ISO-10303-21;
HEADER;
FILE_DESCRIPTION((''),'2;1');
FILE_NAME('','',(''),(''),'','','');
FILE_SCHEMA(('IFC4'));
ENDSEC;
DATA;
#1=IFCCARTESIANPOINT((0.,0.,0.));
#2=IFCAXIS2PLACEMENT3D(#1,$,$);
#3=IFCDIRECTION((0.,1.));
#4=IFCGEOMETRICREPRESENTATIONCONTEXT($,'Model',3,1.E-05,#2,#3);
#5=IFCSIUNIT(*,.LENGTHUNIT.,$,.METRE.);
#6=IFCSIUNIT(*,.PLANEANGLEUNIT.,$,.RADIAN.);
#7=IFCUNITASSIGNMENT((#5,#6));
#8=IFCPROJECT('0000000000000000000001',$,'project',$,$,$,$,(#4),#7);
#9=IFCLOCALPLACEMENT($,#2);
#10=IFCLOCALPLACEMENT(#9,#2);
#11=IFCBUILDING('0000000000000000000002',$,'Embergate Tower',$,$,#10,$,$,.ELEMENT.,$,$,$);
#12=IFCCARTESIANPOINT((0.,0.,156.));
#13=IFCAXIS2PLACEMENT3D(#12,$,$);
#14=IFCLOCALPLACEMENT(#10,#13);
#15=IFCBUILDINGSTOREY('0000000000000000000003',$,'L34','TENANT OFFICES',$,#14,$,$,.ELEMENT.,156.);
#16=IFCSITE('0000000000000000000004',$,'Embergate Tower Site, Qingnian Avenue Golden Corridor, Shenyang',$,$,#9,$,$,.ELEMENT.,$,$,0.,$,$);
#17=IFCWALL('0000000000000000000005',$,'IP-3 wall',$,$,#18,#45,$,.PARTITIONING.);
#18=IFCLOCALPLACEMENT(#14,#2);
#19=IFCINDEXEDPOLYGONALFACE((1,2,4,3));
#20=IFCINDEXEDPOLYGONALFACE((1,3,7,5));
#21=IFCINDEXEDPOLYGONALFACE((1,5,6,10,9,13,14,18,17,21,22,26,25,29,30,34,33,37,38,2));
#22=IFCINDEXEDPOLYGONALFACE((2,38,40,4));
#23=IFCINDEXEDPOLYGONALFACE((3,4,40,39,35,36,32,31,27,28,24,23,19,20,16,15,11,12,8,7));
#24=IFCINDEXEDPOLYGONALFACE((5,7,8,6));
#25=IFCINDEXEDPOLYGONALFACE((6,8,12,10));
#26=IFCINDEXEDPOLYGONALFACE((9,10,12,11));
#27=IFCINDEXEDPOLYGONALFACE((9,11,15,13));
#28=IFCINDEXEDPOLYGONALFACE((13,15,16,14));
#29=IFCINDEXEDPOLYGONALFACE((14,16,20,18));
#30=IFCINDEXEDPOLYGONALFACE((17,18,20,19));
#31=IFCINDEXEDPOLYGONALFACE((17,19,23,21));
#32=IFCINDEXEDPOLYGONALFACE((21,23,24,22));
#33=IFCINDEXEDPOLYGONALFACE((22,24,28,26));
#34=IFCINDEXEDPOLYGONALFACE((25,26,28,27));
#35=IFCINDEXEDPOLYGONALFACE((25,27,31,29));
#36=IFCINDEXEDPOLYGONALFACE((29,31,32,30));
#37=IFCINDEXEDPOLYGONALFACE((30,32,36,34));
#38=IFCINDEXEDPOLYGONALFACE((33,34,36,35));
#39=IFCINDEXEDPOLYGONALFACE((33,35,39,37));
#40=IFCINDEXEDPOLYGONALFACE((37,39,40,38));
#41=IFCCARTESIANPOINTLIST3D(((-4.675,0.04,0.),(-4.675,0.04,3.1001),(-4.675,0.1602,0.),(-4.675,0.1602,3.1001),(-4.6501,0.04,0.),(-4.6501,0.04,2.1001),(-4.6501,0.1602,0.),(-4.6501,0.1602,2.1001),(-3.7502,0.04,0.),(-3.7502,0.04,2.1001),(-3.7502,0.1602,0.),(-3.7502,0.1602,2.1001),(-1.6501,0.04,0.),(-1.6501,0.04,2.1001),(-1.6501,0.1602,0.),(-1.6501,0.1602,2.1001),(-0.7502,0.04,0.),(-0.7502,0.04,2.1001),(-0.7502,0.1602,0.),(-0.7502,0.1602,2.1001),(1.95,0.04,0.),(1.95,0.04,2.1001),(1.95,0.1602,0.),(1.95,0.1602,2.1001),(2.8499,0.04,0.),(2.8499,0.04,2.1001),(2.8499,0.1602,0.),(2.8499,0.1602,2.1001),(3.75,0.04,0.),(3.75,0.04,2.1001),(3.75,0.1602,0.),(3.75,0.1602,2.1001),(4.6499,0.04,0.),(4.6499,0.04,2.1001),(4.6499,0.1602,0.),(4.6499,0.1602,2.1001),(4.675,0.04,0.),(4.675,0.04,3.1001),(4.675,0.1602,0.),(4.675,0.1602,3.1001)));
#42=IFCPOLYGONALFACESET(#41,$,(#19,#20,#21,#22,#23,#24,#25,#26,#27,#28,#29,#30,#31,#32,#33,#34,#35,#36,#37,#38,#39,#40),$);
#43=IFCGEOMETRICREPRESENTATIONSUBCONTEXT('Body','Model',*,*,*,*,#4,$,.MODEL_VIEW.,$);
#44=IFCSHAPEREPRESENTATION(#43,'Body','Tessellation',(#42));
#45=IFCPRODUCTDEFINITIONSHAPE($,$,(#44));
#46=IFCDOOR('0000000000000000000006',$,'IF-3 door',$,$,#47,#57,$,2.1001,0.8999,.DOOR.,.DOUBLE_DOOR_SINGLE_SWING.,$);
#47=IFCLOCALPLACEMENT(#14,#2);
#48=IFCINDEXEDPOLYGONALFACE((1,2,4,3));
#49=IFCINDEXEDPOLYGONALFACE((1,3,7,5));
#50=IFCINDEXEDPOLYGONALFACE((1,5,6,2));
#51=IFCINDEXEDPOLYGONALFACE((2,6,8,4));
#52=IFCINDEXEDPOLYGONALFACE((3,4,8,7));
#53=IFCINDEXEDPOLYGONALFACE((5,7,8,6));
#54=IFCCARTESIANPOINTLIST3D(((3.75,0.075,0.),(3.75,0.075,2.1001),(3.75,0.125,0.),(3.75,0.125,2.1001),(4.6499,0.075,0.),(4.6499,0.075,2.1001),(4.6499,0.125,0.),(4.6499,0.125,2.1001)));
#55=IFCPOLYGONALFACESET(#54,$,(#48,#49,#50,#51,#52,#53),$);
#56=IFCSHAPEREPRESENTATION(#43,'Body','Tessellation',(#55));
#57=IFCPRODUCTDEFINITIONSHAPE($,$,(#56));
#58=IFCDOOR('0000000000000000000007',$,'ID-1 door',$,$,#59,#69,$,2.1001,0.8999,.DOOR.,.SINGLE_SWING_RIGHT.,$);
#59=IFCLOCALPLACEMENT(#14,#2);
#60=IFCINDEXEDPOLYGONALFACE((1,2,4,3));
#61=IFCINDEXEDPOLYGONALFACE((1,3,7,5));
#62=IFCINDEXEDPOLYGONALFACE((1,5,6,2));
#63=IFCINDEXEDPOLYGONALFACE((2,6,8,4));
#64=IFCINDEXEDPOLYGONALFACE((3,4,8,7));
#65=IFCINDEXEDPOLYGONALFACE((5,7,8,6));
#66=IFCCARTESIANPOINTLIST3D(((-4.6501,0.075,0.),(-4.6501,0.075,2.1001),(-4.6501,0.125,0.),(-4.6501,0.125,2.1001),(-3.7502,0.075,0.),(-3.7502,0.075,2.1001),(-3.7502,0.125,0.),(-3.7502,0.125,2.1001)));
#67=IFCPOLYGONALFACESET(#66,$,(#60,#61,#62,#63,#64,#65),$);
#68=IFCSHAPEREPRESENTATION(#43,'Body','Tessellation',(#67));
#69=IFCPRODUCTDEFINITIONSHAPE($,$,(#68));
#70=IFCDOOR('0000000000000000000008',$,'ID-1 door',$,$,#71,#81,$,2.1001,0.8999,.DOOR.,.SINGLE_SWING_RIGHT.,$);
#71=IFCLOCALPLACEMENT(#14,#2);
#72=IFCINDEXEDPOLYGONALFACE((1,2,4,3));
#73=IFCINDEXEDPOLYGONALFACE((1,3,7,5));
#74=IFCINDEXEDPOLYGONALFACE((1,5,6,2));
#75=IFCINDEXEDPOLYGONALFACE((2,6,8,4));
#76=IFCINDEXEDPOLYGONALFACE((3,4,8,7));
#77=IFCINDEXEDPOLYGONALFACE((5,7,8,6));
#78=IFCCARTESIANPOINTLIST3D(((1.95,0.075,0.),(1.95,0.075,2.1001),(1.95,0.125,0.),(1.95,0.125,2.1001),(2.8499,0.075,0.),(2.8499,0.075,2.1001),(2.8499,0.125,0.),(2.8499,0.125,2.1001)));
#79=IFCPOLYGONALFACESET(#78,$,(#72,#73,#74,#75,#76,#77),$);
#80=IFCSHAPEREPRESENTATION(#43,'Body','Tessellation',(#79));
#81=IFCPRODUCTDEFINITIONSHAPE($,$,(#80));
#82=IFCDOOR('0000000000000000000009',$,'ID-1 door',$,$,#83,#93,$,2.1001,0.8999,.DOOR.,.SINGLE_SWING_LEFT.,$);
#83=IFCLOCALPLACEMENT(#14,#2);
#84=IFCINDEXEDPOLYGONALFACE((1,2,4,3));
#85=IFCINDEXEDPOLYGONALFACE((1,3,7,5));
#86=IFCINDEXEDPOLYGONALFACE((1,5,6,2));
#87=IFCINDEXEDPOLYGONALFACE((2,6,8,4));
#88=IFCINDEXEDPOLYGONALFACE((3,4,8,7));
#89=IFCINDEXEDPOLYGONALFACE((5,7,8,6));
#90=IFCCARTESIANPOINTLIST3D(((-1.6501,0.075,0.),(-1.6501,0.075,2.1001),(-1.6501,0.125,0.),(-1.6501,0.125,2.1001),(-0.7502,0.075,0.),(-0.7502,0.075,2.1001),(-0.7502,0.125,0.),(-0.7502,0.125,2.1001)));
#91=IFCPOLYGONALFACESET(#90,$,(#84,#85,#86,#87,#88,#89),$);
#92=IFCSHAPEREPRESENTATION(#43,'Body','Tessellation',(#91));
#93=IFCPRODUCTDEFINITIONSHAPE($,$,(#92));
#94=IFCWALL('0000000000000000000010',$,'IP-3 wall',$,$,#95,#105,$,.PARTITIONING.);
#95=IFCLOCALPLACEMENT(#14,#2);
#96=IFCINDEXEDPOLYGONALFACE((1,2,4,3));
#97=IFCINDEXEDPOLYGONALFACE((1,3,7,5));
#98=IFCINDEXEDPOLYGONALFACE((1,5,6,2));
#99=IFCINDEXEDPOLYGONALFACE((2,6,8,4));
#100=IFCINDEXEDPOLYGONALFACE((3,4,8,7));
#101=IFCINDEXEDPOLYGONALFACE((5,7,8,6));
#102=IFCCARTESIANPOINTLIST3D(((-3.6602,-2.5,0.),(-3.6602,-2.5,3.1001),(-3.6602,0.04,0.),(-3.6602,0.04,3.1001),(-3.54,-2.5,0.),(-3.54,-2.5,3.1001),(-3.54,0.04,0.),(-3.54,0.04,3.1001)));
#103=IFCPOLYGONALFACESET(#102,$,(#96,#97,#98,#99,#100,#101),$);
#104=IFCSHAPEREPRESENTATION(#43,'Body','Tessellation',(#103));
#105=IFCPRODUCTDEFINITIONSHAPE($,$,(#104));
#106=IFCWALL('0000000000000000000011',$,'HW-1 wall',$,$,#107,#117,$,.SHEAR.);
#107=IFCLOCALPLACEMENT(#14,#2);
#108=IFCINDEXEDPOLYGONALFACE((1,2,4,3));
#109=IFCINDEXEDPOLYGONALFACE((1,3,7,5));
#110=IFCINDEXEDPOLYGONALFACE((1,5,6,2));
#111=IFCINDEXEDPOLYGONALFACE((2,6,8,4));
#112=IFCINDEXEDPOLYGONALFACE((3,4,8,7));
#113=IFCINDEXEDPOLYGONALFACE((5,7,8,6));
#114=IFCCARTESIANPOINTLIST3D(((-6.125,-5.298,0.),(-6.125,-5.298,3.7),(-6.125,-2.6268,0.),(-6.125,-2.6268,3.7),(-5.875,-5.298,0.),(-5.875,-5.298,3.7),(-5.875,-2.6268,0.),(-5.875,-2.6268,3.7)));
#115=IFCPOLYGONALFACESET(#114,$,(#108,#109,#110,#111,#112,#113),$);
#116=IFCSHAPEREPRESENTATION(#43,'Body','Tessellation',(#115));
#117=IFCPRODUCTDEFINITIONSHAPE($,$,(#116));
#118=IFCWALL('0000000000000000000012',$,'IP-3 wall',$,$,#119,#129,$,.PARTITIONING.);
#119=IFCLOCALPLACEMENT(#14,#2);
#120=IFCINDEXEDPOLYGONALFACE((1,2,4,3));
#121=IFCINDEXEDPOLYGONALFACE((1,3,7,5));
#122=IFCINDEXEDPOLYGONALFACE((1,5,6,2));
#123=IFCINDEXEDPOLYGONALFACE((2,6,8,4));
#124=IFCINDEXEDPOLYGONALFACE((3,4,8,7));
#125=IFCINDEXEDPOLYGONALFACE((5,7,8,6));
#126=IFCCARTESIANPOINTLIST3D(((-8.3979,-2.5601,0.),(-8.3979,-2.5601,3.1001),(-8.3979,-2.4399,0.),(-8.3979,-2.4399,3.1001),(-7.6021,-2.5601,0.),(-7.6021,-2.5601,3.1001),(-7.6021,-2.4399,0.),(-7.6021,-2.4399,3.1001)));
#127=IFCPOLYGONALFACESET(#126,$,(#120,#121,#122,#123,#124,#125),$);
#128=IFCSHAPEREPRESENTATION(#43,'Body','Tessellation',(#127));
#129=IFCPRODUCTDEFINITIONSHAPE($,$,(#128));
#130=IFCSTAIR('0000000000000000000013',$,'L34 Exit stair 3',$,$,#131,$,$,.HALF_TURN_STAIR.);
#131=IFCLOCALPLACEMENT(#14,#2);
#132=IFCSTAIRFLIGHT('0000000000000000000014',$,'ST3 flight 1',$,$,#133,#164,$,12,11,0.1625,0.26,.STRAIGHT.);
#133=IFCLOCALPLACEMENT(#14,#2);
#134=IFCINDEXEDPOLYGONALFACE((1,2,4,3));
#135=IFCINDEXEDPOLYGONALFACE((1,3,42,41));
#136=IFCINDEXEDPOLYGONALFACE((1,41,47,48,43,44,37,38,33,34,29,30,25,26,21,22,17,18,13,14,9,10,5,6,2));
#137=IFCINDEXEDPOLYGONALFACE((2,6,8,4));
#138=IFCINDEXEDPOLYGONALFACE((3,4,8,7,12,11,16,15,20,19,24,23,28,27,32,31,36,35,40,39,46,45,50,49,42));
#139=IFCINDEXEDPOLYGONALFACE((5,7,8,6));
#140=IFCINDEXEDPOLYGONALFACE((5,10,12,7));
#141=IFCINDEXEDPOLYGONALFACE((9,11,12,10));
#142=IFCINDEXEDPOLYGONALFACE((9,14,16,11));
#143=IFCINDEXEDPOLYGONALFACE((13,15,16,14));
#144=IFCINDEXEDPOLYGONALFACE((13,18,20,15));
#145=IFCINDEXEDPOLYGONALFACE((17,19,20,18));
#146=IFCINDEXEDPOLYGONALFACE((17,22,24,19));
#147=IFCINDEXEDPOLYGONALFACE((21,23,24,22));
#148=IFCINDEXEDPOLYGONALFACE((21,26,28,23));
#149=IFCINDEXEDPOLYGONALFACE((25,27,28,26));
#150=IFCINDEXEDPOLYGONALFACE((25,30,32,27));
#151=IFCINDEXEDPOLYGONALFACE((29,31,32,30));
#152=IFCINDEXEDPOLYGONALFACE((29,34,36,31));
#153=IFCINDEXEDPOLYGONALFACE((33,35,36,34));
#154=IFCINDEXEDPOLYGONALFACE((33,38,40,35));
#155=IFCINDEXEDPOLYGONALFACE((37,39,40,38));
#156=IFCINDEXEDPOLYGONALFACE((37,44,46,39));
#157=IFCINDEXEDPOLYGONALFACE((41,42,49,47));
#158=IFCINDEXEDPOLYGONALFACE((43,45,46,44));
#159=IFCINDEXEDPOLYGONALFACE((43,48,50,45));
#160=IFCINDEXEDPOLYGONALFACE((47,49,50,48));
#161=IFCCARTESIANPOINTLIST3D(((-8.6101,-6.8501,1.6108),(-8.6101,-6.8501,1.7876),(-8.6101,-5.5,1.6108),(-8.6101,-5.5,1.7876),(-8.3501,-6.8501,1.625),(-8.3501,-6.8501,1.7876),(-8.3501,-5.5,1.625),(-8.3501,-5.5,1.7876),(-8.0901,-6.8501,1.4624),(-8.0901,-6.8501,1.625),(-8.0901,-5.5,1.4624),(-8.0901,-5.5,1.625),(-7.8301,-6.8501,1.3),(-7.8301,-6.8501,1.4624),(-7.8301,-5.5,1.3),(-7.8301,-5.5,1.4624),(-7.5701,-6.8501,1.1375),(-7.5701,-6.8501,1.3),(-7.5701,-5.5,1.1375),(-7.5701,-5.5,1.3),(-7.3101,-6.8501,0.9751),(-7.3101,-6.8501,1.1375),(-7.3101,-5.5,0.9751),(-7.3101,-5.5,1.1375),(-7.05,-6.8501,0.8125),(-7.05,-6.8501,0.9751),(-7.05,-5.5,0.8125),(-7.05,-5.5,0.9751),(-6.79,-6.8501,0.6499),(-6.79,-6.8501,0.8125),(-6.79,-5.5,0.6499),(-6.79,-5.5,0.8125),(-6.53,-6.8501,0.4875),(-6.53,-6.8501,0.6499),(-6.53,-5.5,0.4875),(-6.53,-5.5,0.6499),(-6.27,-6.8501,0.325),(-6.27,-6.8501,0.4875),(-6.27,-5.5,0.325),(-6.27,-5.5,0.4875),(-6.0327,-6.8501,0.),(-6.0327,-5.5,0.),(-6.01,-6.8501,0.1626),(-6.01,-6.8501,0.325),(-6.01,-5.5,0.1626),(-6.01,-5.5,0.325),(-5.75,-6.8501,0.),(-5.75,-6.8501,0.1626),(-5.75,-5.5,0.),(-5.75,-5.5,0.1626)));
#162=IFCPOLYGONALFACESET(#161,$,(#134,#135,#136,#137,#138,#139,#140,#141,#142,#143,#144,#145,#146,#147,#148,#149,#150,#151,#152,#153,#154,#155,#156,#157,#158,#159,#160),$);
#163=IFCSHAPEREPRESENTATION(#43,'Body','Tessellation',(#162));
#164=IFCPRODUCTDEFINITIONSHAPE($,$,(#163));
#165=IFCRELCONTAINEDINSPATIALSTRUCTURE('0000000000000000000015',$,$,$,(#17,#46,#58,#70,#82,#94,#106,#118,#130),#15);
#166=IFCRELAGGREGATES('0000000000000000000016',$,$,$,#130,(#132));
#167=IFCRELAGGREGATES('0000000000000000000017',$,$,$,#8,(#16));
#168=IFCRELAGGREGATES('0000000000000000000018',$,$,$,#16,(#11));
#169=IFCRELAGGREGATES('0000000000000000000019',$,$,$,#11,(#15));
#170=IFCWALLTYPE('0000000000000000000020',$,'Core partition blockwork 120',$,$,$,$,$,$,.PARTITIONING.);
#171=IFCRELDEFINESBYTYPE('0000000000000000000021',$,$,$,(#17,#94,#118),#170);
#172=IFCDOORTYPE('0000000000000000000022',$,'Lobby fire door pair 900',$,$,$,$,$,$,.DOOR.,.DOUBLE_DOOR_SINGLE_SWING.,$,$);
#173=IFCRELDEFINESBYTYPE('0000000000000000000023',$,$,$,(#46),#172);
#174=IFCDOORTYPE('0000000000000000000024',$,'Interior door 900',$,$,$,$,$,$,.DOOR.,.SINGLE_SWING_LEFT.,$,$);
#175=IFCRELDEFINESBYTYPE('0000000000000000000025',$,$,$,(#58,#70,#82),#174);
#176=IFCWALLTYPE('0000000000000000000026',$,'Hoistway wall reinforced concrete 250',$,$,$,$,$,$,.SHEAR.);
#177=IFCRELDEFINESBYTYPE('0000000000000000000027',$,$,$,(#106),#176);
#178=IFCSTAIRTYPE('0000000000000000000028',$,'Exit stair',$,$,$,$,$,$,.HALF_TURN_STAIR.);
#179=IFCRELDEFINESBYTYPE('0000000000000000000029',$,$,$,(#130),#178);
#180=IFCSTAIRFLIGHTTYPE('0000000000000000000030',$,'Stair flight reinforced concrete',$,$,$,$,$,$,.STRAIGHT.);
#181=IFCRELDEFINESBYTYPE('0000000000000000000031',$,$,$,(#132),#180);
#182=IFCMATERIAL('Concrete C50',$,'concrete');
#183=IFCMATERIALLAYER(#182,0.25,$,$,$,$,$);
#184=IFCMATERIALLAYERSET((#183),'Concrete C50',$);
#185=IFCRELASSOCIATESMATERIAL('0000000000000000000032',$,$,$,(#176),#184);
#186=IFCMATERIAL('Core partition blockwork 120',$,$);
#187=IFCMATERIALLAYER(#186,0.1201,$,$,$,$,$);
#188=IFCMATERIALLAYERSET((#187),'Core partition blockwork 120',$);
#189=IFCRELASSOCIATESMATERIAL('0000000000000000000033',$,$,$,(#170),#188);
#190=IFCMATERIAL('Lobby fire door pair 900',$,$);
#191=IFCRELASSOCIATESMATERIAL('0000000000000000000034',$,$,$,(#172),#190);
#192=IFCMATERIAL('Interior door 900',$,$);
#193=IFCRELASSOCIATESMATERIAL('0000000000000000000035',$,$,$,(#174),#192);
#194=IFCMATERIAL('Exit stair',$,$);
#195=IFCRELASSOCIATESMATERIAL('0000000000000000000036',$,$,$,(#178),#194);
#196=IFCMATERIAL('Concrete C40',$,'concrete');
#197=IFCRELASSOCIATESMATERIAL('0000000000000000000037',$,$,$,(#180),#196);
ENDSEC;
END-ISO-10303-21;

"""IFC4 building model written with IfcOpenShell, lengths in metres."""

from ifc_helpers import new_model, si_unit, direction, frame, frame_2d, origin, place, context, subcontext, project, spatial, polyline, rectangle, outline, extrude, source, transform, mapped, material, layer, layer_set, type_object, element, fill, aggregate, save


model = new_model("IFC4")

# Units and contexts
model_context = context("Model", 3, precision=1e-05, world=origin(), true_north=direction((0.0, 1.0)))
body_context = subcontext(model_context, "Body", "Model", "MODEL_VIEW")
ifc_project = project(units=[si_unit("LENGTHUNIT", "METRE"), si_unit("PLANEANGLEUNIT", "RADIAN")], contexts=[model_context])

# Site, building, storey
site_placement = place(None, origin())
site = spatial("IfcSite", under=ifc_project, at=site_placement, Name="Embergate Tower Site, Qingnian Avenue Golden Corridor, Shenyang", CompositionType="ELEMENT", RefElevation=0.0)
building_placement = place(site_placement, origin())
building = spatial("IfcBuilding", under=site, at=building_placement, Name="Embergate Tower", CompositionType="ELEMENT")
storey_placement = place(building_placement, frame((0.0, 0.0, 156.0)))
storey = spatial("IfcBuildingStorey", under=building, at=storey_placement, Name="L34", Description="TENANT OFFICES", CompositionType="ELEMENT", Elevation=156.0)

# Shared definitions
ifc_material_1 = material(Name="Concrete C50", Category="concrete")
ifc_layer_1 = layer(ifc_material_1, 0.25)
ifc_layer_set_1 = layer_set([ifc_layer_1], Name="Concrete C50")
wall_type_1 = type_object("IfcWallType", Name="Hoistway wall reinforced concrete 250", PredefinedType="SHEAR", material=ifc_layer_set_1)

# Shared definitions
ifc_material_2 = material(Name="Core partition blockwork 120")
ifc_layer_2 = layer(ifc_material_2, 0.1201)
ifc_layer_set_2 = layer_set([ifc_layer_2], Name="Core partition blockwork 120")
wall_type_2 = type_object("IfcWallType", Name="Core partition blockwork 120", PredefinedType="PARTITIONING", material=ifc_layer_set_2)

# Wall, openings, doors
shared_shape_1 = source(origin(), body_context, "Body", "SweptSolid", [
    extrude(rectangle(XDim=9.3501, YDim=0.1201, at=frame_2d((4.675, 0.0))), origin(), (0.0, 0.0, 1.0), 3.1001),
])
wall_1_placement = place(storey_placement, frame((-4.675, 0.1001, 0.0), z_axis=(0.0, 0.0, 1.0), x_axis=(1.0, 0.0, 0.0)))
wall_1 = element("IfcWall", 1, at=wall_1_placement, inside=storey, type_object=wall_type_2, Name="IP-3 wall", PredefinedType="PARTITIONING", context=body_context, shape_type="MappedRepresentation", body=[
    mapped(shared_shape_1, transform((0.0, 0.0, 0.0))),
])
shared_shape_2 = source(origin(), body_context, "Body", "SweptSolid", [
    extrude(rectangle(XDim=0.8999, YDim=2.1001, at=frame_2d((0.45, 1.05))), frame((0.0, 0.0701, 0.0), z_axis=(0.0, -1.0, 0.0), x_axis=(1.0, 0.0, 0.0)), (0.0, 0.0, 1.0), 0.1401),
])
opening_1_placement = place(wall_1_placement, frame((8.425, 0.0, 0.0)))
opening_1 = element("IfcOpeningElement", 2, at=opening_1_placement, cuts=wall_1, PredefinedType="OPENING", context=body_context, shape_type="MappedRepresentation", body=[
    mapped(shared_shape_2, transform((0.0, 0.0, 0.0))),
])
opening_2_placement = place(wall_1_placement, frame((0.0249, 0.0, 0.0)))
opening_2 = element("IfcOpeningElement", 3, at=opening_2_placement, cuts=wall_1, PredefinedType="OPENING", context=body_context, shape_type="MappedRepresentation", body=[
    mapped(shared_shape_2, transform((0.0, 0.0, 0.0))),
])
opening_3_placement = place(wall_1_placement, frame((6.625, 0.0, 0.0)))
opening_3 = element("IfcOpeningElement", 4, at=opening_3_placement, cuts=wall_1, PredefinedType="OPENING", context=body_context, shape_type="MappedRepresentation", body=[
    mapped(shared_shape_2, transform((0.0, 0.0, 0.0))),
])
opening_4_placement = place(wall_1_placement, frame((3.0249, 0.0, 0.0)))
opening_4 = element("IfcOpeningElement", 5, at=opening_4_placement, cuts=wall_1, PredefinedType="OPENING", context=body_context, shape_type="MappedRepresentation", body=[
    mapped(shared_shape_2, transform((0.0, 0.0, 0.0))),
])
ifc_material_3 = material(Name="Lobby fire door pair 900")
door_type_1 = type_object("IfcDoorType", Name="Lobby fire door pair 900", OperationType="DOUBLE_DOOR_SINGLE_SWING", PredefinedType="DOOR", material=ifc_material_3)
shared_shape_3 = source(origin(), body_context, "Body", "SweptSolid", [
    extrude(rectangle(XDim=0.8999, YDim=2.1001, at=frame_2d((0.45, 1.05))), frame((0.0, 0.0249, 0.0), z_axis=(0.0, -1.0, 0.0), x_axis=(1.0, 0.0, 0.0)), (0.0, 0.0, 1.0), 0.05),
])
door_1_placement = place(opening_1_placement, origin())
door_1 = element("IfcDoor", 6, at=door_1_placement, inside=storey, type_object=door_type_1, Name="IF-3 door", OperationType="DOUBLE_DOOR_SINGLE_SWING", OverallHeight=2.1001, OverallWidth=0.8999, PredefinedType="DOOR", context=body_context, shape_type="MappedRepresentation", body=[
    mapped(shared_shape_3, transform((0.0, 0.0, 0.0))),
])
fill(opening_1, door_1)
ifc_material_4 = material(Name="Interior door 900")
door_type_2 = type_object("IfcDoorType", Name="Interior door 900", OperationType="SINGLE_SWING_LEFT", PredefinedType="DOOR", material=ifc_material_4)
door_2_placement = place(opening_2_placement, origin())
door_2 = element("IfcDoor", 7, at=door_2_placement, inside=storey, type_object=door_type_2, Name="ID-1 door", OperationType="SINGLE_SWING_RIGHT", OverallHeight=2.1001, OverallWidth=0.8999, PredefinedType="DOOR", context=body_context, shape_type="MappedRepresentation", body=[
    mapped(shared_shape_3, transform((0.0, 0.0, 0.0))),
])
fill(opening_2, door_2)
door_3_placement = place(opening_3_placement, origin())
door_3 = element("IfcDoor", 8, at=door_3_placement, inside=storey, type_object=door_type_2, Name="ID-1 door", OperationType="SINGLE_SWING_RIGHT", OverallHeight=2.1001, OverallWidth=0.8999, PredefinedType="DOOR", context=body_context, shape_type="MappedRepresentation", body=[
    mapped(shared_shape_3, transform((0.0, 0.0, 0.0))),
])
fill(opening_3, door_3)
door_4_placement = place(opening_4_placement, origin())
door_4 = element("IfcDoor", 9, at=door_4_placement, inside=storey, type_object=door_type_2, Name="ID-1 door", OperationType="SINGLE_SWING_LEFT", OverallHeight=2.1001, OverallWidth=0.8999, PredefinedType="DOOR", context=body_context, shape_type="MappedRepresentation", body=[
    mapped(shared_shape_3, transform((0.0, 0.0, 0.0))),
])
fill(opening_4, door_4)

# Walls
shared_shape_4 = source(origin(), body_context, "Body", "SweptSolid", [
    extrude(rectangle(XDim=2.54, YDim=0.1201, at=frame_2d((1.27, 0.0))), origin(), (0.0, 0.0, 1.0), 3.1001),
])
wall_2_placement = place(storey_placement, frame((-3.6001, -2.5, 0.0), z_axis=(0.0, 0.0, 1.0), x_axis=(0.0, 1.0, 0.0)))
element("IfcWall", 10, at=wall_2_placement, inside=storey, type_object=wall_type_2, Name="IP-3 wall", PredefinedType="PARTITIONING", context=body_context, shape_type="MappedRepresentation", body=[
    mapped(shared_shape_4, transform((0.0, 0.0, 0.0))),
])
shared_shape_5 = source(origin(), body_context, "Body", "SweptSolid", [
    extrude(rectangle(XDim=2.6711, YDim=0.25, at=frame_2d((1.3354, 0.0))), origin(), (0.0, 0.0, 1.0), 3.7),
])
wall_3_placement = place(storey_placement, frame((-6.0, -2.627, 0.0), z_axis=(0.0, 0.0, 1.0), x_axis=(0.0, -1.0, 0.0)))
element("IfcWall", 11, at=wall_3_placement, inside=storey, type_object=wall_type_1, Name="HW-1 wall", PredefinedType="SHEAR", context=body_context, shape_type="MappedRepresentation", body=[
    mapped(shared_shape_5, transform((0.0, 0.0, 0.0))),
])
shared_shape_6 = source(origin(), body_context, "Body", "SweptSolid", [
    extrude(rectangle(XDim=0.7959, YDim=0.1201, at=frame_2d((0.3979, 0.0))), origin(), (0.0, 0.0, 1.0), 3.1001),
])
wall_4_placement = place(storey_placement, frame((-8.3979, -2.5, 0.0), z_axis=(0.0, 0.0, 1.0), x_axis=(1.0, 0.0, 0.0)))
element("IfcWall", 12, at=wall_4_placement, inside=storey, type_object=wall_type_2, Name="IP-3 wall", PredefinedType="PARTITIONING", context=body_context, shape_type="MappedRepresentation", body=[
    mapped(shared_shape_6, transform((0.0, 0.0, 0.0))),
])

# Stair, stair flight
ifc_material_5 = material(Name="Exit stair")
stair_type = type_object("IfcStairType", Name="Exit stair", PredefinedType="HALF_TURN_STAIR", material=ifc_material_5)
stair_placement = place(storey_placement, origin())
stair = element("IfcStair", 13, at=stair_placement, inside=storey, type_object=stair_type, Name="L34 Exit stair 3", PredefinedType="HALF_TURN_STAIR")
ifc_material_6 = material(Name="Concrete C40", Category="concrete")
stair_flight_type = type_object("IfcStairFlightType", Name="Stair flight reinforced concrete", PredefinedType="STRAIGHT", material=ifc_material_6)
shared_shape_7 = source(origin(), body_context, "Body", "SweptSolid", [
    extrude(outline(polyline([(0.0, 0.0), (0.0, 0.1626), (0.26, 0.1626), (0.26, 0.325), (0.52, 0.325), (0.52, 0.4875), (0.78, 0.4875), (0.78, 0.6499), (1.04, 0.6499), (1.04, 0.8125), (1.3, 0.8125), (1.3, 0.9751), (1.5601, 0.9751), (1.5601, 1.1375), (1.8201, 1.1375), (1.8201, 1.3), (2.0801, 1.3), (2.0801, 1.4624), (2.3401, 1.4624), (2.3401, 1.625), (2.6001, 1.625), (2.6001, 1.7876), (2.8601, 1.7876), (2.8601, 1.95), (2.8601, 1.6108), (0.2827, 0.0), (0.0, 0.0)])), frame((0.0, 0.675, 0.0), z_axis=(0.0, -1.0, 0.0), x_axis=(1.0, 0.0, 0.0)), (0.0, 0.0, 1.0), 1.3501),
])
stair_flight_placement = place(storey_placement, frame((-5.75, -6.175, 0.0), z_axis=(0.0, 0.0, 1.0), x_axis=(-1.0, 0.0, 0.0)))
stair_flight = element("IfcStairFlight", 14, at=stair_flight_placement, type_object=stair_flight_type, Name="ST3 flight 1", NumberOfRisers=12, NumberOfTreads=11, PredefinedType="STRAIGHT", RiserHeight=0.1625, TreadLength=0.26, context=body_context, shape_type="MappedRepresentation", body=[
    mapped(shared_shape_7, transform((0.0, 0.0, 0.0))),
])
aggregate(stair, [stair_flight])

save(model, "model.ifc")
